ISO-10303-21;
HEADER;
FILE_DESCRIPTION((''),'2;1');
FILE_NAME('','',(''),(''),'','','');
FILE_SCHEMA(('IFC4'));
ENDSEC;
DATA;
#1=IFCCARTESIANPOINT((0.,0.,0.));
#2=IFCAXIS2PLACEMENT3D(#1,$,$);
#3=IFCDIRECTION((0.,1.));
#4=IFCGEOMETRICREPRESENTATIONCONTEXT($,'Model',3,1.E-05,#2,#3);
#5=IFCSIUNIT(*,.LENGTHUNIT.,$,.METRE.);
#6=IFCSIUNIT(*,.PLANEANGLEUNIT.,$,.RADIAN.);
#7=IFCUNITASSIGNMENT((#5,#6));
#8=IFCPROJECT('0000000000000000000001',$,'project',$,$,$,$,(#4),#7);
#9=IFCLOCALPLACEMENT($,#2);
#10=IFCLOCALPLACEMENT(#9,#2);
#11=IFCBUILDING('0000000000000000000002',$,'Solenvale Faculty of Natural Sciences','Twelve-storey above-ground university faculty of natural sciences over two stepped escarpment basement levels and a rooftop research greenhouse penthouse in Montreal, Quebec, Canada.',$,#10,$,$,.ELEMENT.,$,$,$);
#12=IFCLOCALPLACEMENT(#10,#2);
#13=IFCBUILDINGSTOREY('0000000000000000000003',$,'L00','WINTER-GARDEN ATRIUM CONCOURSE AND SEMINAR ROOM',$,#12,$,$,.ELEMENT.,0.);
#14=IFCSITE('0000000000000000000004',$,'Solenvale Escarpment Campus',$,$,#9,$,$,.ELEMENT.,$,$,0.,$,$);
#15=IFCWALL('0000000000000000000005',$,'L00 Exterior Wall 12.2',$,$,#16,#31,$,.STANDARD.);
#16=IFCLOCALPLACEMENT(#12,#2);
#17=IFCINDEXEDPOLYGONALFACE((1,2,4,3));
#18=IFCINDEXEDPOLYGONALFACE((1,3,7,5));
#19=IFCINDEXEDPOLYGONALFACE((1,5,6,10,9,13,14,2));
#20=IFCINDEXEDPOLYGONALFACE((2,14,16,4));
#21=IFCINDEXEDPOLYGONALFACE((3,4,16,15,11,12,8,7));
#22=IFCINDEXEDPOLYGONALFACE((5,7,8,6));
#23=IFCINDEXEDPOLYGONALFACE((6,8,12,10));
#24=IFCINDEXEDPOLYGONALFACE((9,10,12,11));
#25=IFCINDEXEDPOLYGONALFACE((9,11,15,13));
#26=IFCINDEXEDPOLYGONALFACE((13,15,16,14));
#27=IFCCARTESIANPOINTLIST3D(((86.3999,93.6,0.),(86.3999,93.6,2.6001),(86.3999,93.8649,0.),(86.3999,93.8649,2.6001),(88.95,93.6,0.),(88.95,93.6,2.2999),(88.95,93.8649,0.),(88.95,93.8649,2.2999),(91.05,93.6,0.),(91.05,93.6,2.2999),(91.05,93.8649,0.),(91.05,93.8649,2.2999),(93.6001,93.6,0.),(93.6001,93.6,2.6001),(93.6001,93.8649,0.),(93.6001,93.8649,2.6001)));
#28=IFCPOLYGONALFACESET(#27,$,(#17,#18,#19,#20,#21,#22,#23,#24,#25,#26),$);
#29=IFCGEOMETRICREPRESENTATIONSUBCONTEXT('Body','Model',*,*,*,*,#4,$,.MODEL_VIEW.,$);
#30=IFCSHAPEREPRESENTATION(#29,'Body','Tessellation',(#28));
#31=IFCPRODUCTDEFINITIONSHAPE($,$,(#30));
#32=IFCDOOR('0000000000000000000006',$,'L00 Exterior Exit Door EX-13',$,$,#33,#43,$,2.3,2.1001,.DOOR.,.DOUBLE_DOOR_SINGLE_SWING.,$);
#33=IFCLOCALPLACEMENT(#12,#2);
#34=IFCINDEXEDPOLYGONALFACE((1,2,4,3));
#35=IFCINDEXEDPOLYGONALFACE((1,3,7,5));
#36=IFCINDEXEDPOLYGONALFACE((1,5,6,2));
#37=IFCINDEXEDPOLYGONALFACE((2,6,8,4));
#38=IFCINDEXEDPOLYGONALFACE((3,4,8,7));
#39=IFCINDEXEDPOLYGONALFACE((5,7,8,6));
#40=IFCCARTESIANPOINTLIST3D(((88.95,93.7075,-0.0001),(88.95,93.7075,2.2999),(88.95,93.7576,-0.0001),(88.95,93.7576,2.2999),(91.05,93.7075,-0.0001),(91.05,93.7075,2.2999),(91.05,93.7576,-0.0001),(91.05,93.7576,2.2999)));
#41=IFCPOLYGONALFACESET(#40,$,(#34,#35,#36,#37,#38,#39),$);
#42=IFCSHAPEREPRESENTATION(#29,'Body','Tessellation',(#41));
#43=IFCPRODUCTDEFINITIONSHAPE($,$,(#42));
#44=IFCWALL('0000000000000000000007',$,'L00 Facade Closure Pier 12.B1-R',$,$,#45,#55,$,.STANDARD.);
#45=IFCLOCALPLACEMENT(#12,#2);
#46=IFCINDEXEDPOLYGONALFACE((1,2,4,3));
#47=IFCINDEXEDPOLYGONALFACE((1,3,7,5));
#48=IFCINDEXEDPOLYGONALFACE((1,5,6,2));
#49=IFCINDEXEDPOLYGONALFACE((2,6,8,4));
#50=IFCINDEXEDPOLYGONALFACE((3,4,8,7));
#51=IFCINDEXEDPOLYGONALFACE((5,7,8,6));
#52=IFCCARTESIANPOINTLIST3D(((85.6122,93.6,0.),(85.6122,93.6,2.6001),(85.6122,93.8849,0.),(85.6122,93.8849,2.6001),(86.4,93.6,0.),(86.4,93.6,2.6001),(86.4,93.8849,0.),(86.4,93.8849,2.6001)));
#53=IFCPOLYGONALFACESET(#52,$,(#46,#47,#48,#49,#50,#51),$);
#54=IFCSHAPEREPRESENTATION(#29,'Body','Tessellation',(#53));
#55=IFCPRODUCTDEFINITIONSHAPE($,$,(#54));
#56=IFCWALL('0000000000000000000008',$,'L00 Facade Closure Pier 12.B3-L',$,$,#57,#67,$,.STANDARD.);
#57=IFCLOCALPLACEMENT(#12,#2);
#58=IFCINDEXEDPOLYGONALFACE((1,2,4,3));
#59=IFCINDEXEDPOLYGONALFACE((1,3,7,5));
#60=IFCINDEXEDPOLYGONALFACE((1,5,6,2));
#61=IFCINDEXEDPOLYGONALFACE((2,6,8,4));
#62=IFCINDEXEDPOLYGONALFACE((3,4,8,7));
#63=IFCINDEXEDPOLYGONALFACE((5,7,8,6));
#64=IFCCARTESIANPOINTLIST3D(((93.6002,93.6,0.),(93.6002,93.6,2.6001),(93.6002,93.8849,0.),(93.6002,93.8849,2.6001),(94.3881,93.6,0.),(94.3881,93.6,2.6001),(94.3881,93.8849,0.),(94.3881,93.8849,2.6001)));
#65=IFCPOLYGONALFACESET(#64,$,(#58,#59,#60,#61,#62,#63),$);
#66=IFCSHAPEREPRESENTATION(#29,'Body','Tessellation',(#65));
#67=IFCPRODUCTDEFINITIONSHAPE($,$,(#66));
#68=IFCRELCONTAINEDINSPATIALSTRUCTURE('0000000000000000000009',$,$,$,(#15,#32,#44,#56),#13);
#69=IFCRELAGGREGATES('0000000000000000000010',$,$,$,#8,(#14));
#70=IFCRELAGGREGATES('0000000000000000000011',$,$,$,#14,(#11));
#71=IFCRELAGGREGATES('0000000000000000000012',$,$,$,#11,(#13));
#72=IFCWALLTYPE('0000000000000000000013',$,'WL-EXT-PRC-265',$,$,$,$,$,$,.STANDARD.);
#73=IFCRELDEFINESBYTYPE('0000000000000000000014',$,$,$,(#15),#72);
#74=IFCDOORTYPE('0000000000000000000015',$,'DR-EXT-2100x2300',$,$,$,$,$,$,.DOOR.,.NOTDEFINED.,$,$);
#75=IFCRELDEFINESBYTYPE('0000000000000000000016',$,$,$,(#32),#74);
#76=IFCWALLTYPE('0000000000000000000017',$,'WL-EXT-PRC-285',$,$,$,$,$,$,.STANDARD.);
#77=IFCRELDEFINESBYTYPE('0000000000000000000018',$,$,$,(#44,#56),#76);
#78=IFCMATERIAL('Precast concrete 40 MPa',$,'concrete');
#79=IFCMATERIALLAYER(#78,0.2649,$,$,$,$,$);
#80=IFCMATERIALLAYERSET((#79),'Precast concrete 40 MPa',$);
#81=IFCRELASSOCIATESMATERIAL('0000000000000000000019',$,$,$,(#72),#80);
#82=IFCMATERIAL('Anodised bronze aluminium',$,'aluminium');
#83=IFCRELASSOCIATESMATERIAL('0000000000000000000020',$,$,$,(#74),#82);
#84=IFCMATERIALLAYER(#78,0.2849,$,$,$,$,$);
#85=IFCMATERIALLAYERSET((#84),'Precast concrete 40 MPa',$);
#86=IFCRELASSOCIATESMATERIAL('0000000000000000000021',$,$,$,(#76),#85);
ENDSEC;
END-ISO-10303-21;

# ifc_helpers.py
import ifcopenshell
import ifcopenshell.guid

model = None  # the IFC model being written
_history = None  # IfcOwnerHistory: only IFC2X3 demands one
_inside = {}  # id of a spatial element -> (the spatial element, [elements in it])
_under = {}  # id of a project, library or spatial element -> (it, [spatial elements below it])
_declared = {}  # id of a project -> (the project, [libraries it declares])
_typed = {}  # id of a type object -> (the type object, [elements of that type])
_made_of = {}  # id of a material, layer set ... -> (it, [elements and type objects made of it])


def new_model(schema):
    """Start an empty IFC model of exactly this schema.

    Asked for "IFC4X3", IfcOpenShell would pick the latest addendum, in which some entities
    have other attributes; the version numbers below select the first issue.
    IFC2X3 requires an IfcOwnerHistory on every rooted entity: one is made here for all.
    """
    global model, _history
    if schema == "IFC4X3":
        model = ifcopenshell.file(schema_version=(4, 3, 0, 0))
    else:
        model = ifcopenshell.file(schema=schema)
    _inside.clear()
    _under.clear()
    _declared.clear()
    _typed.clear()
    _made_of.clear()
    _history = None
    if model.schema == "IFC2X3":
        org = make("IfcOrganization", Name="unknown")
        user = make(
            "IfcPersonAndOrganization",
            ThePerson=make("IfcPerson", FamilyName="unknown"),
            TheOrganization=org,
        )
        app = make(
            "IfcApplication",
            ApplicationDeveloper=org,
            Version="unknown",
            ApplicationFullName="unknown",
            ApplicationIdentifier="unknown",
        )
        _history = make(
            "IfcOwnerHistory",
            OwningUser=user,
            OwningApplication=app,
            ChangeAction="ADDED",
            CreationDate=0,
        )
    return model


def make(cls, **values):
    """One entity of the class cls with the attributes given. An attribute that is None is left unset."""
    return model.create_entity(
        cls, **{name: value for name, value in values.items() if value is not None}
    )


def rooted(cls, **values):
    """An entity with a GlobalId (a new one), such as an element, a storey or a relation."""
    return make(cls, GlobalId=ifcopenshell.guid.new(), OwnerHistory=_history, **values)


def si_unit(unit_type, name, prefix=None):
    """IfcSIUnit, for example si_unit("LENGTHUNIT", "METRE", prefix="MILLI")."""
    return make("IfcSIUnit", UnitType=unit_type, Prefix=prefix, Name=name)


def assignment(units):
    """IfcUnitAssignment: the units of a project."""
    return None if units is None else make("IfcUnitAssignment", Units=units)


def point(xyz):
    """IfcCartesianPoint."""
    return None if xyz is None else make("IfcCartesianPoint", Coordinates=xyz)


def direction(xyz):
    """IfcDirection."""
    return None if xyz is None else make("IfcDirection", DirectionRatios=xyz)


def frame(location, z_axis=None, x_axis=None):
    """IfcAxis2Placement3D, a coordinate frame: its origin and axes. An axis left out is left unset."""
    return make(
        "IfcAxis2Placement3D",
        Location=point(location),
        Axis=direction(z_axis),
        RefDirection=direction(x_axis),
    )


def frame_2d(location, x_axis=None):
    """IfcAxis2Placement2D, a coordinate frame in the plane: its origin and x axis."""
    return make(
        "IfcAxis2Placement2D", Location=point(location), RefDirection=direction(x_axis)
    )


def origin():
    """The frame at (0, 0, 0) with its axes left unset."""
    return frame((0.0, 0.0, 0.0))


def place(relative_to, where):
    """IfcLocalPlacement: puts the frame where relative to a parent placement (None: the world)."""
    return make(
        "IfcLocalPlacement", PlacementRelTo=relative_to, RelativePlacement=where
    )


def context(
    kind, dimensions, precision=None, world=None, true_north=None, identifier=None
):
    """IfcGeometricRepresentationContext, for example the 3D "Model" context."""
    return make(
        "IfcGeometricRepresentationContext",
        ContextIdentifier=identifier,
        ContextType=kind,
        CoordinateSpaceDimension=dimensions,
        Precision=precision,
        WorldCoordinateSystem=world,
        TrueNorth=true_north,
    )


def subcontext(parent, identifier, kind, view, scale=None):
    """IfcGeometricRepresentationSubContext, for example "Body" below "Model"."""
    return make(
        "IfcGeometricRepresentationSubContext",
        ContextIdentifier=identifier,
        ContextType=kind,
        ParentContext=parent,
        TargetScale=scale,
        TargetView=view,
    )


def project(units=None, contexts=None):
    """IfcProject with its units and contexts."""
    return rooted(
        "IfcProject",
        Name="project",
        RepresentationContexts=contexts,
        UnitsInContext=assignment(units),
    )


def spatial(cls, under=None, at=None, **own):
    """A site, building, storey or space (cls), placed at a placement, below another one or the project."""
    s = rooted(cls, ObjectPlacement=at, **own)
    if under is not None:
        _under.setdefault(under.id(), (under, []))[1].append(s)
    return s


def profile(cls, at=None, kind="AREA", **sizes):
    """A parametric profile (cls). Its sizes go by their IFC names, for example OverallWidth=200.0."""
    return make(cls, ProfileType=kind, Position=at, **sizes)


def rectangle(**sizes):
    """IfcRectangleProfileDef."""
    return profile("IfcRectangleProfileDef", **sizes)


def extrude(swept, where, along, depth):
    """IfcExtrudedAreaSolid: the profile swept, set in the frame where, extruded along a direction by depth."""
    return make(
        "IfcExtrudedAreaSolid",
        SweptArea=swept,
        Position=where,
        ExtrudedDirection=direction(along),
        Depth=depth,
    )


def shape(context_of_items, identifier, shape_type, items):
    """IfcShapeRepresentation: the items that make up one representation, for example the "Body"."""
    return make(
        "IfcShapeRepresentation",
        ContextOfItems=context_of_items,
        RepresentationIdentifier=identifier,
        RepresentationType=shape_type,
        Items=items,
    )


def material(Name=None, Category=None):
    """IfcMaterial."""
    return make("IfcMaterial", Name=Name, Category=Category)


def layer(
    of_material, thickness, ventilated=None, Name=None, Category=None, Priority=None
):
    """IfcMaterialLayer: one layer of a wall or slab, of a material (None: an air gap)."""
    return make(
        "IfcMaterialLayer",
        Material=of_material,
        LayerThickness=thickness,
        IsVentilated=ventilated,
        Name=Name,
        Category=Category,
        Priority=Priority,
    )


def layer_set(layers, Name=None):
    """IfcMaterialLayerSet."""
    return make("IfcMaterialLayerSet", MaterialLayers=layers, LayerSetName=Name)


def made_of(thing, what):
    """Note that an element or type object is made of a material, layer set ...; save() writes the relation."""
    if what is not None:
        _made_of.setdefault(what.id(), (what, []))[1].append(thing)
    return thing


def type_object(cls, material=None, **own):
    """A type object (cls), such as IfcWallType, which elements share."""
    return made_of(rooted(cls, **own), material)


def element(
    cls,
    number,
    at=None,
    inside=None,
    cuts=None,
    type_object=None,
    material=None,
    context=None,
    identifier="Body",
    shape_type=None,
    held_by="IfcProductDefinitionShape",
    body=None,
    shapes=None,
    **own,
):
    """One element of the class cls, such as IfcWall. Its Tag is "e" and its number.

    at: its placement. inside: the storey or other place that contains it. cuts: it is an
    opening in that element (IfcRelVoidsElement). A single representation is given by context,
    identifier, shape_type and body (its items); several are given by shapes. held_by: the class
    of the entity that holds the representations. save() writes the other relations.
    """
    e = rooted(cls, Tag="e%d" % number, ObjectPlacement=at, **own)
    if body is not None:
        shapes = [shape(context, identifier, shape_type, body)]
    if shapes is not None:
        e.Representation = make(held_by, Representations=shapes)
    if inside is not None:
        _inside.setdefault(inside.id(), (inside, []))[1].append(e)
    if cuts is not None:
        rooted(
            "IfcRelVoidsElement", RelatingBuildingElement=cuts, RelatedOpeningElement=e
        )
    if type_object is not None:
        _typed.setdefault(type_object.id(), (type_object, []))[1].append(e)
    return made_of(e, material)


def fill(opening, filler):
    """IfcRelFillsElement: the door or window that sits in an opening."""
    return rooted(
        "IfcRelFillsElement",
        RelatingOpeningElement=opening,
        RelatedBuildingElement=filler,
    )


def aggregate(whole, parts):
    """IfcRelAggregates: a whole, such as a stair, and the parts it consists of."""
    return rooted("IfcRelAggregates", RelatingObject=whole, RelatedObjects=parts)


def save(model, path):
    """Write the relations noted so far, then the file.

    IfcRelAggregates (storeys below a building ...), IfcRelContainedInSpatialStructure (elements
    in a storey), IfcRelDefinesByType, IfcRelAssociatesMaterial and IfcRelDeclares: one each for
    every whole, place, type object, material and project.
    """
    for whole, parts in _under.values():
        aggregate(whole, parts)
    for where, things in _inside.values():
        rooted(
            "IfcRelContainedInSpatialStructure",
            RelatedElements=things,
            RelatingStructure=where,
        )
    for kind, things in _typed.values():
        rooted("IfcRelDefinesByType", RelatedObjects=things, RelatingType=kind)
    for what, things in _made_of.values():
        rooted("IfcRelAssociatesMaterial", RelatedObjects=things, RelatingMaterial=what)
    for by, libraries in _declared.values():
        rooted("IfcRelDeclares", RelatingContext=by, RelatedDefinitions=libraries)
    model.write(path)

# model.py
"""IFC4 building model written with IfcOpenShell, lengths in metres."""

from ifc_helpers import new_model, si_unit, direction, frame, frame_2d, origin, place, context, subcontext, project, spatial, rectangle, extrude, material, layer, layer_set, type_object, element, fill, save


model = new_model("IFC4")

# Units and contexts
model_context = context("Model", 3, precision=1e-05, world=origin(), true_north=direction((0.0, 1.0)))
body_context = subcontext(model_context, "Body", "Model", "MODEL_VIEW")
ifc_project = project(units=[si_unit("LENGTHUNIT", "METRE"), si_unit("PLANEANGLEUNIT", "RADIAN")], contexts=[model_context])

# Site, building, storey
site_placement = place(None, origin())
site = spatial("IfcSite", under=ifc_project, at=site_placement, Name="Solenvale Escarpment Campus", CompositionType="ELEMENT", RefElevation=0.0)
building_placement = place(site_placement, origin())
building = spatial("IfcBuilding", under=site, at=building_placement, Name="Solenvale Faculty of Natural Sciences", Description="Twelve-storey above-ground university faculty of natural sciences over two stepped escarpment basement levels and a rooftop research greenhouse penthouse in Montreal, Quebec, Canada.", CompositionType="ELEMENT")
storey_placement = place(building_placement, origin())
storey = spatial("IfcBuildingStorey", under=building, at=storey_placement, Name="L00", Description="WINTER-GARDEN ATRIUM CONCOURSE AND SEMINAR ROOM", CompositionType="ELEMENT", Elevation=0.0)

# Shared definitions
ifc_material_1 = material(Name="Anodised bronze aluminium", Category="aluminium")

# Wall, opening, door
ifc_material_2 = material(Name="Precast concrete 40 MPa", Category="concrete")
ifc_layer_1 = layer(ifc_material_2, 0.2649)
ifc_layer_set_1 = layer_set([ifc_layer_1], Name="Precast concrete 40 MPa")
wall_type_1 = type_object("IfcWallType", Name="WL-EXT-PRC-265", PredefinedType="STANDARD", material=ifc_layer_set_1)
wall_placement = place(storey_placement, frame((93.6001, 93.7324, 0.0), z_axis=(0.0, 0.0, 1.0), x_axis=(-1.0, 0.0, 0.0)))
wall = element("IfcWall", 1, at=wall_placement, inside=storey, type_object=wall_type_1, Name="L00 Exterior Wall 12.2", PredefinedType="STANDARD", context=body_context, shape_type="SweptSolid", body=[
    extrude(rectangle(XDim=7.2002, YDim=0.2649, at=frame_2d((3.6001, 0.0))), origin(), (0.0, 0.0, 1.0), 2.6001),
])
opening_placement = place(wall_placement, frame((2.55, 0.0, 0.0)))
opening = element("IfcOpeningElement", 2, at=opening_placement, cuts=wall, PredefinedType="OPENING", context=body_context, shape_type="SweptSolid", body=[
    extrude(rectangle(XDim=2.1001, YDim=2.3, at=frame_2d((1.05, 1.1499))), frame((0.0, 0.1423, 0.0), z_axis=(0.0, -1.0, 0.0), x_axis=(1.0, 0.0, 0.0)), (0.0, 0.0, 1.0), 0.2849),
])
door_type = type_object("IfcDoorType", Name="DR-EXT-2100x2300", OperationType="NOTDEFINED", PredefinedType="DOOR", material=ifc_material_1)
door_placement = place(opening_placement, origin())
door = element("IfcDoor", 3, at=door_placement, inside=storey, type_object=door_type, Name="L00 Exterior Exit Door EX-13", OperationType="DOUBLE_DOOR_SINGLE_SWING", OverallHeight=2.3, OverallWidth=2.1001, PredefinedType="DOOR", context=body_context, shape_type="SweptSolid", body=[
    extrude(rectangle(XDim=2.1001, YDim=2.3, at=frame_2d((1.05, 1.1499))), frame((0.0, 0.0249, 0.0), z_axis=(0.0, -1.0, 0.0), x_axis=(1.0, 0.0, 0.0)), (0.0, 0.0, 1.0), 0.05),
])
fill(opening, door)

# Walls
ifc_layer_2 = layer(ifc_material_2, 0.2849)
ifc_layer_set_2 = layer_set([ifc_layer_2], Name="Precast concrete 40 MPa")
wall_type_2 = type_object("IfcWallType", Name="WL-EXT-PRC-285", PredefinedType="STANDARD", material=ifc_layer_set_2)
for number, where, z_axis, x_axis, name in (
    (4, (85.6121, 93.7424, 0.0), (0.0, 0.0, 1.0), (1.0, 0.0, 0.0), "L00 Facade Closure Pier 12.B1-R"),
    (5, (93.6001, 93.7424, 0.0), (0.0, 0.0, 1.0), (1.0, 0.0, 0.0), "L00 Facade Closure Pier 12.B3-L"),
):
    element("IfcWall", number, at=place(storey_placement, frame(where, z_axis=z_axis, x_axis=x_axis)), inside=storey, type_object=wall_type_2, Name=name, PredefinedType="STANDARD", context=body_context, shape_type="SweptSolid", body=[
        extrude(rectangle(XDim=0.7878, YDim=0.2849, at=frame_2d((0.394, 0.0))), origin(), (0.0, 0.0, 1.0), 2.6001),
    ])

save(model, "model.ifc")
